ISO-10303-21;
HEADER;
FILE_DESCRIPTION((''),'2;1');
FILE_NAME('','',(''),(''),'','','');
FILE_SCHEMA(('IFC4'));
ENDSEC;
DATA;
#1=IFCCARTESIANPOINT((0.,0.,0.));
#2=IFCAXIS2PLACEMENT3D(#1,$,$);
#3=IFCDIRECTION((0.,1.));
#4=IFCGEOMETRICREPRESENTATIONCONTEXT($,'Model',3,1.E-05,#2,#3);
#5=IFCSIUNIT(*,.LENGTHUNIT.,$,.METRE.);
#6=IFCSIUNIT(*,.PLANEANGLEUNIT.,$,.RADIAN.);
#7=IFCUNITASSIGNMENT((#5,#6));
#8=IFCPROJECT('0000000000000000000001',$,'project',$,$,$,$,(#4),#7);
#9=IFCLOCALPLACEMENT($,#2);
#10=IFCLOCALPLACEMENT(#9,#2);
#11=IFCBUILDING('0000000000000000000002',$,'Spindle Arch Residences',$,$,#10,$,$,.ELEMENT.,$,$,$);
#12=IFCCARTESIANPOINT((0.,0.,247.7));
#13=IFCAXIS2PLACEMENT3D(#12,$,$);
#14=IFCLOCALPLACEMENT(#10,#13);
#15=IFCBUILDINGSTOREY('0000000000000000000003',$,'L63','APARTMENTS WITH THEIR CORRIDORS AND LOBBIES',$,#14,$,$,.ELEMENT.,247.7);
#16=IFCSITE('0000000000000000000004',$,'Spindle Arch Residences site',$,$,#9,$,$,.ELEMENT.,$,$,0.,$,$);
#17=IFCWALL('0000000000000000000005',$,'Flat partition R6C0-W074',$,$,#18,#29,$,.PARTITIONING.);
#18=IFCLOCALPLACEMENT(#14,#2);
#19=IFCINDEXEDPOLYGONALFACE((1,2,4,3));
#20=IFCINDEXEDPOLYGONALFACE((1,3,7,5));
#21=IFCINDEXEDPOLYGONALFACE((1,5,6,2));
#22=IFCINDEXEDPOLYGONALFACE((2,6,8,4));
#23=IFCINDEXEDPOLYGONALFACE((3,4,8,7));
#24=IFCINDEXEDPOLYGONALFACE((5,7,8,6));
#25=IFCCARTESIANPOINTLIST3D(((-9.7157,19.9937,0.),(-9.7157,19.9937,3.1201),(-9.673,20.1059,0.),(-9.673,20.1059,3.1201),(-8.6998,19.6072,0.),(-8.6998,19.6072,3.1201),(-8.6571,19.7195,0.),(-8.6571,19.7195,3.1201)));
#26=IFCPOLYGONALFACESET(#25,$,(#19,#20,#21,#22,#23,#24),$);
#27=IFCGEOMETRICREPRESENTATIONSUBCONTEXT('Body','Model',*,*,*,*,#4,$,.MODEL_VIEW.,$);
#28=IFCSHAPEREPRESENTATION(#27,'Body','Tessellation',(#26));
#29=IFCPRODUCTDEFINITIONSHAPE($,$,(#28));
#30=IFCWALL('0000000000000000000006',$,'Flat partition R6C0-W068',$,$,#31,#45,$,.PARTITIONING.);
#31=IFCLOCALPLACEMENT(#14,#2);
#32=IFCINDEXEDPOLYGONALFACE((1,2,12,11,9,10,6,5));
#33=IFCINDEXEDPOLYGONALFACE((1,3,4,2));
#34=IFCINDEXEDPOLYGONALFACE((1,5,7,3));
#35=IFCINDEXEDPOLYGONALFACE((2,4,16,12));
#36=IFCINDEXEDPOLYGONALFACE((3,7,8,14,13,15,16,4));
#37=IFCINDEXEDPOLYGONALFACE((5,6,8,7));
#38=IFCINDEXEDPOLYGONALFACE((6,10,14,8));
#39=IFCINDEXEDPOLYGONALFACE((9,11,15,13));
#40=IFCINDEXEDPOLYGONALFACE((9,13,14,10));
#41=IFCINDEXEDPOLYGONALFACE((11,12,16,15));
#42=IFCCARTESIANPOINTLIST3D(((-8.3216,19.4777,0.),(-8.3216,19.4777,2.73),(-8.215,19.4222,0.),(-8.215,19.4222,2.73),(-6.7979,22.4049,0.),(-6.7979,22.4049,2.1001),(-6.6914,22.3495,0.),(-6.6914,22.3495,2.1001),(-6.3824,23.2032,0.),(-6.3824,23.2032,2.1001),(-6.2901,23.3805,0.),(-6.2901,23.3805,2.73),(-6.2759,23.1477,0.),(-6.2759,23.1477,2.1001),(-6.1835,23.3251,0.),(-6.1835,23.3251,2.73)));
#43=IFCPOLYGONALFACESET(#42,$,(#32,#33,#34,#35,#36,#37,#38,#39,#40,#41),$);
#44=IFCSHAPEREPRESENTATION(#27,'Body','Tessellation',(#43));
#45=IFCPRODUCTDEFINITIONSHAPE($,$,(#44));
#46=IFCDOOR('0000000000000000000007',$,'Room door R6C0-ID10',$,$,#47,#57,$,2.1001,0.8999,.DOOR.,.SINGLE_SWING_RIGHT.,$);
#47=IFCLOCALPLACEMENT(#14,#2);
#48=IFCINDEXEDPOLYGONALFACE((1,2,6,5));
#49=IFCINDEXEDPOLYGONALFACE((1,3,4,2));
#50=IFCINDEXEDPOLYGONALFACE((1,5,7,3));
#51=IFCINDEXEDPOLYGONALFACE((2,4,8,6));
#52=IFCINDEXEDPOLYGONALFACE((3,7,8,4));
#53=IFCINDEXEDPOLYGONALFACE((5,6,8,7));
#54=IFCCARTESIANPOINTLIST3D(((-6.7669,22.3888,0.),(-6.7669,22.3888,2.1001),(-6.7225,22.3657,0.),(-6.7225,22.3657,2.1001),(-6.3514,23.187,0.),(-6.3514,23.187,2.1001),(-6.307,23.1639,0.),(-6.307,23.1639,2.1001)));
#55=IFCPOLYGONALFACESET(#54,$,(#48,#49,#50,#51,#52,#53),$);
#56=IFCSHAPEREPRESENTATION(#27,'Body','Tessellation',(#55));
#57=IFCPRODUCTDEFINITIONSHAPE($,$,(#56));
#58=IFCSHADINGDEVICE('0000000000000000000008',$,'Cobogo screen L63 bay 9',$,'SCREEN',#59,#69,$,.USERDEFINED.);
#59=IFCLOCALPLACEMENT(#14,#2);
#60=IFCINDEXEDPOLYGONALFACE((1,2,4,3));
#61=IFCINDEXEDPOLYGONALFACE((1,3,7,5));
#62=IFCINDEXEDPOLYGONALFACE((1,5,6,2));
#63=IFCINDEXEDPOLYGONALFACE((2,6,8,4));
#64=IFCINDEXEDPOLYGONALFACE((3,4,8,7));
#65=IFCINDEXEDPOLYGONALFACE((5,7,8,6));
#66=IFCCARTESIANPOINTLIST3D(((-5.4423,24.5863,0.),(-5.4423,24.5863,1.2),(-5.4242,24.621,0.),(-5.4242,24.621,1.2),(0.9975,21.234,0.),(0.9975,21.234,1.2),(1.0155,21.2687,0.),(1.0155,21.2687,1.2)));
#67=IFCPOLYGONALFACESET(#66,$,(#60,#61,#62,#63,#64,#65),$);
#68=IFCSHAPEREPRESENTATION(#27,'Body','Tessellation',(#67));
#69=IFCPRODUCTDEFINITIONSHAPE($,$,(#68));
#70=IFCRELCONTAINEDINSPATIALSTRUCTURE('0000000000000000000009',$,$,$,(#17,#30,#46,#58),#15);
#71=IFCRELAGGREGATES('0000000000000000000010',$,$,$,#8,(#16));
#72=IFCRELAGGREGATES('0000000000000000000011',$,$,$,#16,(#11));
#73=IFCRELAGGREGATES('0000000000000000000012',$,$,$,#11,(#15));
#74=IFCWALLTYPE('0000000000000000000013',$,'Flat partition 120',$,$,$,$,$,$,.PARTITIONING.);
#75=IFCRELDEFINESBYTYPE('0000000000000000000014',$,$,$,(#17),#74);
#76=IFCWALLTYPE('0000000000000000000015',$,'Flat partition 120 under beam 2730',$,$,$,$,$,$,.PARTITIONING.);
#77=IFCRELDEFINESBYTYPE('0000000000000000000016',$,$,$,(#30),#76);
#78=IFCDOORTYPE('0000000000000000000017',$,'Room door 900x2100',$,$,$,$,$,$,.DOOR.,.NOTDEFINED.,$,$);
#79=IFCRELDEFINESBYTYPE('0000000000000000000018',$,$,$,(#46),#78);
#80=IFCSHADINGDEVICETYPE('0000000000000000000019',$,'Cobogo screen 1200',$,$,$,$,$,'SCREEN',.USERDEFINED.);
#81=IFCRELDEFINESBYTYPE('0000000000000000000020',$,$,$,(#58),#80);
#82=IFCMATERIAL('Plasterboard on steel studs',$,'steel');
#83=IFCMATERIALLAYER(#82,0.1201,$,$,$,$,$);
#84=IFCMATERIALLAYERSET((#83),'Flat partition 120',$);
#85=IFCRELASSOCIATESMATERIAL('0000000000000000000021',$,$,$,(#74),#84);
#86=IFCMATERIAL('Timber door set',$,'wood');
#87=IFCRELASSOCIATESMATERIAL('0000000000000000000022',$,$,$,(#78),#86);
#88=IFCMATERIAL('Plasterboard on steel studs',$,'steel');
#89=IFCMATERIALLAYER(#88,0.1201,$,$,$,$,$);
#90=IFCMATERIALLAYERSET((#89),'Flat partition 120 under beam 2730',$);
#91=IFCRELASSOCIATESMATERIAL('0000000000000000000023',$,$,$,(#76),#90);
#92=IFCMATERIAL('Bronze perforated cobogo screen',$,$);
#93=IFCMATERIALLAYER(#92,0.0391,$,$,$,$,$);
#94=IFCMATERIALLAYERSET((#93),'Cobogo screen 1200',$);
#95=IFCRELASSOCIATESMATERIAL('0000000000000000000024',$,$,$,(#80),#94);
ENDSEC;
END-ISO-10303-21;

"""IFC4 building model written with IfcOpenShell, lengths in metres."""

from ifc_helpers import new_model, si_unit, direction, frame, frame_2d, origin, origin_2d, place, context, subcontext, project, spatial, rectangle, extrude, material, layer, layer_set, type_object, element, fill, save


model = new_model("IFC4")

# Units and contexts
model_context = context("Model", 3, precision=1e-05, world=origin(), true_north=direction((0.0, 1.0)))
body_context = subcontext(model_context, "Body", "Model", "MODEL_VIEW")
ifc_project = project(units=[si_unit("LENGTHUNIT", "METRE"), si_unit("PLANEANGLEUNIT", "RADIAN")], contexts=[model_context])

# Site, building, storey
site_placement = place(None, origin())
site = spatial("IfcSite", under=ifc_project, at=site_placement, Name="Spindle Arch Residences site", CompositionType="ELEMENT", RefElevation=0.0)
building_placement = place(site_placement, origin())
building = spatial("IfcBuilding", under=site, at=building_placement, Name="Spindle Arch Residences", CompositionType="ELEMENT")
storey_placement = place(building_placement, frame((0.0, 0.0, 247.7)))
storey = spatial("IfcBuildingStorey", under=building, at=storey_placement, Name="L63", Description="APARTMENTS WITH THEIR CORRIDORS AND LOBBIES", CompositionType="ELEMENT", Elevation=247.7)

# Shared definitions
ifc_material_1 = material(Name="Plasterboard on steel studs", Category="steel")
ifc_layer_1 = layer(ifc_material_1, 0.1201)
ifc_layer_set_1 = layer_set([ifc_layer_1], Name="Flat partition 120")
wall_type_1 = type_object("IfcWallType", Name="Flat partition 120", PredefinedType="PARTITIONING", material=ifc_layer_set_1)

# Shared definitions
ifc_material_2 = material(Name="Timber door set", Category="wood")
door_type = type_object("IfcDoorType", Name="Room door 900x2100", OperationType="NOTDEFINED", PredefinedType="DOOR", material=ifc_material_2)

# Wall
wall_1_placement = place(storey_placement, frame((-9.6943, 20.0498, 0.0), z_axis=(0.0, 0.0, 1.0), x_axis=(0.934648, -0.355575, 0.0)))
element("IfcWall", 1, at=wall_1_placement, inside=storey, type_object=wall_type_1, Name="Flat partition R6C0-W074", PredefinedType="PARTITIONING", context=body_context, shape_type="SweptSolid", body=[
    extrude(rectangle(XDim=1.0869, YDim=0.1201, at=frame_2d((0.5435, 0.0))), origin(), (0.0, 0.0, 1.0), 3.1201),
])

# Wall, opening, door
ifc_material_3 = material(Name="Plasterboard on steel studs", Category="steel")
ifc_layer_2 = layer(ifc_material_3, 0.1201)
ifc_layer_set_2 = layer_set([ifc_layer_2], Name="Flat partition 120 under beam 2730")
wall_type_2 = type_object("IfcWallType", Name="Flat partition 120 under beam 2730", PredefinedType="PARTITIONING", material=ifc_layer_set_2)
wall_2_placement = place(storey_placement, frame((-6.2368, 23.3528, 0.0), z_axis=(0.0, 0.0, 1.0), x_axis=(-0.461714, -0.887029, 0.0)))
wall_2 = element("IfcWall", 2, at=wall_2_placement, inside=storey, type_object=wall_type_2, Name="Flat partition R6C0-W068", PredefinedType="PARTITIONING", context=body_context, shape_type="SweptSolid", body=[
    extrude(rectangle(XDim=4.3999, YDim=0.1201, at=frame_2d((2.2, 0.0))), origin(), (0.0, 0.0, 1.0), 2.73),
])
opening_1_placement = place(wall_2_placement, frame((0.2, 0.0, 0.0)))
opening_1 = element("IfcOpeningElement", 3, at=opening_1_placement, cuts=wall_2, PredefinedType="OPENING", context=body_context, shape_type="SweptSolid", body=[
    extrude(rectangle(XDim=0.8999, YDim=2.1001, at=frame_2d((0.45, 1.05))), frame((0.0, 0.0701, 0.0), z_axis=(0.0, -1.0, 0.0), x_axis=(1.0, 0.0, 0.0)), (0.0, 0.0, 1.0), 0.1401),
])
door_1_placement = place(opening_1_placement, origin())
door_1 = element("IfcDoor", 4, at=door_1_placement, inside=storey, type_object=door_type, Name="Room door R6C0-ID10", OperationType="SINGLE_SWING_RIGHT", OverallHeight=2.1001, OverallWidth=0.8999, PredefinedType="DOOR", context=body_context, shape_type="SweptSolid", body=[
    extrude(rectangle(XDim=0.8999, YDim=2.1001, at=frame_2d((0.45, 1.05))), frame((0.0, 0.0249, 0.0), z_axis=(0.0, -1.0, 0.0), x_axis=(1.0, 0.0, 0.0)), (0.0, 0.0, 1.0), 0.05),
])
fill(opening_1, door_1)

# Shading device
ifc_material_4 = material(Name="Bronze perforated cobogo screen")
ifc_layer_3 = layer(ifc_material_4, 0.0391)
ifc_layer_set_3 = layer_set([ifc_layer_3], Name="Cobogo screen 1200")
shading_device_type = type_object("IfcShadingDeviceType", Name="Cobogo screen 1200", ElementType="SCREEN", PredefinedType="USERDEFINED", material=ifc_layer_set_3)
shading_device_placement = place(storey_placement, frame((-2.2134, 22.9275, 0.0), z_axis=(0.0, 0.0, 1.0), x_axis=(-0.887011, 0.461749, 0.0)))
element("IfcShadingDevice", 5, at=shading_device_placement, inside=storey, type_object=shading_device_type, Name="Cobogo screen L63 bay 9", ObjectType="SCREEN", PredefinedType="USERDEFINED", context=body_context, shape_type="SweptSolid", body=[
    extrude(rectangle(XDim=7.26, YDim=0.0391, at=origin_2d()), origin(), (0.0, 0.0, 1.0), 1.2),
])

save(model, "model.ifc")
